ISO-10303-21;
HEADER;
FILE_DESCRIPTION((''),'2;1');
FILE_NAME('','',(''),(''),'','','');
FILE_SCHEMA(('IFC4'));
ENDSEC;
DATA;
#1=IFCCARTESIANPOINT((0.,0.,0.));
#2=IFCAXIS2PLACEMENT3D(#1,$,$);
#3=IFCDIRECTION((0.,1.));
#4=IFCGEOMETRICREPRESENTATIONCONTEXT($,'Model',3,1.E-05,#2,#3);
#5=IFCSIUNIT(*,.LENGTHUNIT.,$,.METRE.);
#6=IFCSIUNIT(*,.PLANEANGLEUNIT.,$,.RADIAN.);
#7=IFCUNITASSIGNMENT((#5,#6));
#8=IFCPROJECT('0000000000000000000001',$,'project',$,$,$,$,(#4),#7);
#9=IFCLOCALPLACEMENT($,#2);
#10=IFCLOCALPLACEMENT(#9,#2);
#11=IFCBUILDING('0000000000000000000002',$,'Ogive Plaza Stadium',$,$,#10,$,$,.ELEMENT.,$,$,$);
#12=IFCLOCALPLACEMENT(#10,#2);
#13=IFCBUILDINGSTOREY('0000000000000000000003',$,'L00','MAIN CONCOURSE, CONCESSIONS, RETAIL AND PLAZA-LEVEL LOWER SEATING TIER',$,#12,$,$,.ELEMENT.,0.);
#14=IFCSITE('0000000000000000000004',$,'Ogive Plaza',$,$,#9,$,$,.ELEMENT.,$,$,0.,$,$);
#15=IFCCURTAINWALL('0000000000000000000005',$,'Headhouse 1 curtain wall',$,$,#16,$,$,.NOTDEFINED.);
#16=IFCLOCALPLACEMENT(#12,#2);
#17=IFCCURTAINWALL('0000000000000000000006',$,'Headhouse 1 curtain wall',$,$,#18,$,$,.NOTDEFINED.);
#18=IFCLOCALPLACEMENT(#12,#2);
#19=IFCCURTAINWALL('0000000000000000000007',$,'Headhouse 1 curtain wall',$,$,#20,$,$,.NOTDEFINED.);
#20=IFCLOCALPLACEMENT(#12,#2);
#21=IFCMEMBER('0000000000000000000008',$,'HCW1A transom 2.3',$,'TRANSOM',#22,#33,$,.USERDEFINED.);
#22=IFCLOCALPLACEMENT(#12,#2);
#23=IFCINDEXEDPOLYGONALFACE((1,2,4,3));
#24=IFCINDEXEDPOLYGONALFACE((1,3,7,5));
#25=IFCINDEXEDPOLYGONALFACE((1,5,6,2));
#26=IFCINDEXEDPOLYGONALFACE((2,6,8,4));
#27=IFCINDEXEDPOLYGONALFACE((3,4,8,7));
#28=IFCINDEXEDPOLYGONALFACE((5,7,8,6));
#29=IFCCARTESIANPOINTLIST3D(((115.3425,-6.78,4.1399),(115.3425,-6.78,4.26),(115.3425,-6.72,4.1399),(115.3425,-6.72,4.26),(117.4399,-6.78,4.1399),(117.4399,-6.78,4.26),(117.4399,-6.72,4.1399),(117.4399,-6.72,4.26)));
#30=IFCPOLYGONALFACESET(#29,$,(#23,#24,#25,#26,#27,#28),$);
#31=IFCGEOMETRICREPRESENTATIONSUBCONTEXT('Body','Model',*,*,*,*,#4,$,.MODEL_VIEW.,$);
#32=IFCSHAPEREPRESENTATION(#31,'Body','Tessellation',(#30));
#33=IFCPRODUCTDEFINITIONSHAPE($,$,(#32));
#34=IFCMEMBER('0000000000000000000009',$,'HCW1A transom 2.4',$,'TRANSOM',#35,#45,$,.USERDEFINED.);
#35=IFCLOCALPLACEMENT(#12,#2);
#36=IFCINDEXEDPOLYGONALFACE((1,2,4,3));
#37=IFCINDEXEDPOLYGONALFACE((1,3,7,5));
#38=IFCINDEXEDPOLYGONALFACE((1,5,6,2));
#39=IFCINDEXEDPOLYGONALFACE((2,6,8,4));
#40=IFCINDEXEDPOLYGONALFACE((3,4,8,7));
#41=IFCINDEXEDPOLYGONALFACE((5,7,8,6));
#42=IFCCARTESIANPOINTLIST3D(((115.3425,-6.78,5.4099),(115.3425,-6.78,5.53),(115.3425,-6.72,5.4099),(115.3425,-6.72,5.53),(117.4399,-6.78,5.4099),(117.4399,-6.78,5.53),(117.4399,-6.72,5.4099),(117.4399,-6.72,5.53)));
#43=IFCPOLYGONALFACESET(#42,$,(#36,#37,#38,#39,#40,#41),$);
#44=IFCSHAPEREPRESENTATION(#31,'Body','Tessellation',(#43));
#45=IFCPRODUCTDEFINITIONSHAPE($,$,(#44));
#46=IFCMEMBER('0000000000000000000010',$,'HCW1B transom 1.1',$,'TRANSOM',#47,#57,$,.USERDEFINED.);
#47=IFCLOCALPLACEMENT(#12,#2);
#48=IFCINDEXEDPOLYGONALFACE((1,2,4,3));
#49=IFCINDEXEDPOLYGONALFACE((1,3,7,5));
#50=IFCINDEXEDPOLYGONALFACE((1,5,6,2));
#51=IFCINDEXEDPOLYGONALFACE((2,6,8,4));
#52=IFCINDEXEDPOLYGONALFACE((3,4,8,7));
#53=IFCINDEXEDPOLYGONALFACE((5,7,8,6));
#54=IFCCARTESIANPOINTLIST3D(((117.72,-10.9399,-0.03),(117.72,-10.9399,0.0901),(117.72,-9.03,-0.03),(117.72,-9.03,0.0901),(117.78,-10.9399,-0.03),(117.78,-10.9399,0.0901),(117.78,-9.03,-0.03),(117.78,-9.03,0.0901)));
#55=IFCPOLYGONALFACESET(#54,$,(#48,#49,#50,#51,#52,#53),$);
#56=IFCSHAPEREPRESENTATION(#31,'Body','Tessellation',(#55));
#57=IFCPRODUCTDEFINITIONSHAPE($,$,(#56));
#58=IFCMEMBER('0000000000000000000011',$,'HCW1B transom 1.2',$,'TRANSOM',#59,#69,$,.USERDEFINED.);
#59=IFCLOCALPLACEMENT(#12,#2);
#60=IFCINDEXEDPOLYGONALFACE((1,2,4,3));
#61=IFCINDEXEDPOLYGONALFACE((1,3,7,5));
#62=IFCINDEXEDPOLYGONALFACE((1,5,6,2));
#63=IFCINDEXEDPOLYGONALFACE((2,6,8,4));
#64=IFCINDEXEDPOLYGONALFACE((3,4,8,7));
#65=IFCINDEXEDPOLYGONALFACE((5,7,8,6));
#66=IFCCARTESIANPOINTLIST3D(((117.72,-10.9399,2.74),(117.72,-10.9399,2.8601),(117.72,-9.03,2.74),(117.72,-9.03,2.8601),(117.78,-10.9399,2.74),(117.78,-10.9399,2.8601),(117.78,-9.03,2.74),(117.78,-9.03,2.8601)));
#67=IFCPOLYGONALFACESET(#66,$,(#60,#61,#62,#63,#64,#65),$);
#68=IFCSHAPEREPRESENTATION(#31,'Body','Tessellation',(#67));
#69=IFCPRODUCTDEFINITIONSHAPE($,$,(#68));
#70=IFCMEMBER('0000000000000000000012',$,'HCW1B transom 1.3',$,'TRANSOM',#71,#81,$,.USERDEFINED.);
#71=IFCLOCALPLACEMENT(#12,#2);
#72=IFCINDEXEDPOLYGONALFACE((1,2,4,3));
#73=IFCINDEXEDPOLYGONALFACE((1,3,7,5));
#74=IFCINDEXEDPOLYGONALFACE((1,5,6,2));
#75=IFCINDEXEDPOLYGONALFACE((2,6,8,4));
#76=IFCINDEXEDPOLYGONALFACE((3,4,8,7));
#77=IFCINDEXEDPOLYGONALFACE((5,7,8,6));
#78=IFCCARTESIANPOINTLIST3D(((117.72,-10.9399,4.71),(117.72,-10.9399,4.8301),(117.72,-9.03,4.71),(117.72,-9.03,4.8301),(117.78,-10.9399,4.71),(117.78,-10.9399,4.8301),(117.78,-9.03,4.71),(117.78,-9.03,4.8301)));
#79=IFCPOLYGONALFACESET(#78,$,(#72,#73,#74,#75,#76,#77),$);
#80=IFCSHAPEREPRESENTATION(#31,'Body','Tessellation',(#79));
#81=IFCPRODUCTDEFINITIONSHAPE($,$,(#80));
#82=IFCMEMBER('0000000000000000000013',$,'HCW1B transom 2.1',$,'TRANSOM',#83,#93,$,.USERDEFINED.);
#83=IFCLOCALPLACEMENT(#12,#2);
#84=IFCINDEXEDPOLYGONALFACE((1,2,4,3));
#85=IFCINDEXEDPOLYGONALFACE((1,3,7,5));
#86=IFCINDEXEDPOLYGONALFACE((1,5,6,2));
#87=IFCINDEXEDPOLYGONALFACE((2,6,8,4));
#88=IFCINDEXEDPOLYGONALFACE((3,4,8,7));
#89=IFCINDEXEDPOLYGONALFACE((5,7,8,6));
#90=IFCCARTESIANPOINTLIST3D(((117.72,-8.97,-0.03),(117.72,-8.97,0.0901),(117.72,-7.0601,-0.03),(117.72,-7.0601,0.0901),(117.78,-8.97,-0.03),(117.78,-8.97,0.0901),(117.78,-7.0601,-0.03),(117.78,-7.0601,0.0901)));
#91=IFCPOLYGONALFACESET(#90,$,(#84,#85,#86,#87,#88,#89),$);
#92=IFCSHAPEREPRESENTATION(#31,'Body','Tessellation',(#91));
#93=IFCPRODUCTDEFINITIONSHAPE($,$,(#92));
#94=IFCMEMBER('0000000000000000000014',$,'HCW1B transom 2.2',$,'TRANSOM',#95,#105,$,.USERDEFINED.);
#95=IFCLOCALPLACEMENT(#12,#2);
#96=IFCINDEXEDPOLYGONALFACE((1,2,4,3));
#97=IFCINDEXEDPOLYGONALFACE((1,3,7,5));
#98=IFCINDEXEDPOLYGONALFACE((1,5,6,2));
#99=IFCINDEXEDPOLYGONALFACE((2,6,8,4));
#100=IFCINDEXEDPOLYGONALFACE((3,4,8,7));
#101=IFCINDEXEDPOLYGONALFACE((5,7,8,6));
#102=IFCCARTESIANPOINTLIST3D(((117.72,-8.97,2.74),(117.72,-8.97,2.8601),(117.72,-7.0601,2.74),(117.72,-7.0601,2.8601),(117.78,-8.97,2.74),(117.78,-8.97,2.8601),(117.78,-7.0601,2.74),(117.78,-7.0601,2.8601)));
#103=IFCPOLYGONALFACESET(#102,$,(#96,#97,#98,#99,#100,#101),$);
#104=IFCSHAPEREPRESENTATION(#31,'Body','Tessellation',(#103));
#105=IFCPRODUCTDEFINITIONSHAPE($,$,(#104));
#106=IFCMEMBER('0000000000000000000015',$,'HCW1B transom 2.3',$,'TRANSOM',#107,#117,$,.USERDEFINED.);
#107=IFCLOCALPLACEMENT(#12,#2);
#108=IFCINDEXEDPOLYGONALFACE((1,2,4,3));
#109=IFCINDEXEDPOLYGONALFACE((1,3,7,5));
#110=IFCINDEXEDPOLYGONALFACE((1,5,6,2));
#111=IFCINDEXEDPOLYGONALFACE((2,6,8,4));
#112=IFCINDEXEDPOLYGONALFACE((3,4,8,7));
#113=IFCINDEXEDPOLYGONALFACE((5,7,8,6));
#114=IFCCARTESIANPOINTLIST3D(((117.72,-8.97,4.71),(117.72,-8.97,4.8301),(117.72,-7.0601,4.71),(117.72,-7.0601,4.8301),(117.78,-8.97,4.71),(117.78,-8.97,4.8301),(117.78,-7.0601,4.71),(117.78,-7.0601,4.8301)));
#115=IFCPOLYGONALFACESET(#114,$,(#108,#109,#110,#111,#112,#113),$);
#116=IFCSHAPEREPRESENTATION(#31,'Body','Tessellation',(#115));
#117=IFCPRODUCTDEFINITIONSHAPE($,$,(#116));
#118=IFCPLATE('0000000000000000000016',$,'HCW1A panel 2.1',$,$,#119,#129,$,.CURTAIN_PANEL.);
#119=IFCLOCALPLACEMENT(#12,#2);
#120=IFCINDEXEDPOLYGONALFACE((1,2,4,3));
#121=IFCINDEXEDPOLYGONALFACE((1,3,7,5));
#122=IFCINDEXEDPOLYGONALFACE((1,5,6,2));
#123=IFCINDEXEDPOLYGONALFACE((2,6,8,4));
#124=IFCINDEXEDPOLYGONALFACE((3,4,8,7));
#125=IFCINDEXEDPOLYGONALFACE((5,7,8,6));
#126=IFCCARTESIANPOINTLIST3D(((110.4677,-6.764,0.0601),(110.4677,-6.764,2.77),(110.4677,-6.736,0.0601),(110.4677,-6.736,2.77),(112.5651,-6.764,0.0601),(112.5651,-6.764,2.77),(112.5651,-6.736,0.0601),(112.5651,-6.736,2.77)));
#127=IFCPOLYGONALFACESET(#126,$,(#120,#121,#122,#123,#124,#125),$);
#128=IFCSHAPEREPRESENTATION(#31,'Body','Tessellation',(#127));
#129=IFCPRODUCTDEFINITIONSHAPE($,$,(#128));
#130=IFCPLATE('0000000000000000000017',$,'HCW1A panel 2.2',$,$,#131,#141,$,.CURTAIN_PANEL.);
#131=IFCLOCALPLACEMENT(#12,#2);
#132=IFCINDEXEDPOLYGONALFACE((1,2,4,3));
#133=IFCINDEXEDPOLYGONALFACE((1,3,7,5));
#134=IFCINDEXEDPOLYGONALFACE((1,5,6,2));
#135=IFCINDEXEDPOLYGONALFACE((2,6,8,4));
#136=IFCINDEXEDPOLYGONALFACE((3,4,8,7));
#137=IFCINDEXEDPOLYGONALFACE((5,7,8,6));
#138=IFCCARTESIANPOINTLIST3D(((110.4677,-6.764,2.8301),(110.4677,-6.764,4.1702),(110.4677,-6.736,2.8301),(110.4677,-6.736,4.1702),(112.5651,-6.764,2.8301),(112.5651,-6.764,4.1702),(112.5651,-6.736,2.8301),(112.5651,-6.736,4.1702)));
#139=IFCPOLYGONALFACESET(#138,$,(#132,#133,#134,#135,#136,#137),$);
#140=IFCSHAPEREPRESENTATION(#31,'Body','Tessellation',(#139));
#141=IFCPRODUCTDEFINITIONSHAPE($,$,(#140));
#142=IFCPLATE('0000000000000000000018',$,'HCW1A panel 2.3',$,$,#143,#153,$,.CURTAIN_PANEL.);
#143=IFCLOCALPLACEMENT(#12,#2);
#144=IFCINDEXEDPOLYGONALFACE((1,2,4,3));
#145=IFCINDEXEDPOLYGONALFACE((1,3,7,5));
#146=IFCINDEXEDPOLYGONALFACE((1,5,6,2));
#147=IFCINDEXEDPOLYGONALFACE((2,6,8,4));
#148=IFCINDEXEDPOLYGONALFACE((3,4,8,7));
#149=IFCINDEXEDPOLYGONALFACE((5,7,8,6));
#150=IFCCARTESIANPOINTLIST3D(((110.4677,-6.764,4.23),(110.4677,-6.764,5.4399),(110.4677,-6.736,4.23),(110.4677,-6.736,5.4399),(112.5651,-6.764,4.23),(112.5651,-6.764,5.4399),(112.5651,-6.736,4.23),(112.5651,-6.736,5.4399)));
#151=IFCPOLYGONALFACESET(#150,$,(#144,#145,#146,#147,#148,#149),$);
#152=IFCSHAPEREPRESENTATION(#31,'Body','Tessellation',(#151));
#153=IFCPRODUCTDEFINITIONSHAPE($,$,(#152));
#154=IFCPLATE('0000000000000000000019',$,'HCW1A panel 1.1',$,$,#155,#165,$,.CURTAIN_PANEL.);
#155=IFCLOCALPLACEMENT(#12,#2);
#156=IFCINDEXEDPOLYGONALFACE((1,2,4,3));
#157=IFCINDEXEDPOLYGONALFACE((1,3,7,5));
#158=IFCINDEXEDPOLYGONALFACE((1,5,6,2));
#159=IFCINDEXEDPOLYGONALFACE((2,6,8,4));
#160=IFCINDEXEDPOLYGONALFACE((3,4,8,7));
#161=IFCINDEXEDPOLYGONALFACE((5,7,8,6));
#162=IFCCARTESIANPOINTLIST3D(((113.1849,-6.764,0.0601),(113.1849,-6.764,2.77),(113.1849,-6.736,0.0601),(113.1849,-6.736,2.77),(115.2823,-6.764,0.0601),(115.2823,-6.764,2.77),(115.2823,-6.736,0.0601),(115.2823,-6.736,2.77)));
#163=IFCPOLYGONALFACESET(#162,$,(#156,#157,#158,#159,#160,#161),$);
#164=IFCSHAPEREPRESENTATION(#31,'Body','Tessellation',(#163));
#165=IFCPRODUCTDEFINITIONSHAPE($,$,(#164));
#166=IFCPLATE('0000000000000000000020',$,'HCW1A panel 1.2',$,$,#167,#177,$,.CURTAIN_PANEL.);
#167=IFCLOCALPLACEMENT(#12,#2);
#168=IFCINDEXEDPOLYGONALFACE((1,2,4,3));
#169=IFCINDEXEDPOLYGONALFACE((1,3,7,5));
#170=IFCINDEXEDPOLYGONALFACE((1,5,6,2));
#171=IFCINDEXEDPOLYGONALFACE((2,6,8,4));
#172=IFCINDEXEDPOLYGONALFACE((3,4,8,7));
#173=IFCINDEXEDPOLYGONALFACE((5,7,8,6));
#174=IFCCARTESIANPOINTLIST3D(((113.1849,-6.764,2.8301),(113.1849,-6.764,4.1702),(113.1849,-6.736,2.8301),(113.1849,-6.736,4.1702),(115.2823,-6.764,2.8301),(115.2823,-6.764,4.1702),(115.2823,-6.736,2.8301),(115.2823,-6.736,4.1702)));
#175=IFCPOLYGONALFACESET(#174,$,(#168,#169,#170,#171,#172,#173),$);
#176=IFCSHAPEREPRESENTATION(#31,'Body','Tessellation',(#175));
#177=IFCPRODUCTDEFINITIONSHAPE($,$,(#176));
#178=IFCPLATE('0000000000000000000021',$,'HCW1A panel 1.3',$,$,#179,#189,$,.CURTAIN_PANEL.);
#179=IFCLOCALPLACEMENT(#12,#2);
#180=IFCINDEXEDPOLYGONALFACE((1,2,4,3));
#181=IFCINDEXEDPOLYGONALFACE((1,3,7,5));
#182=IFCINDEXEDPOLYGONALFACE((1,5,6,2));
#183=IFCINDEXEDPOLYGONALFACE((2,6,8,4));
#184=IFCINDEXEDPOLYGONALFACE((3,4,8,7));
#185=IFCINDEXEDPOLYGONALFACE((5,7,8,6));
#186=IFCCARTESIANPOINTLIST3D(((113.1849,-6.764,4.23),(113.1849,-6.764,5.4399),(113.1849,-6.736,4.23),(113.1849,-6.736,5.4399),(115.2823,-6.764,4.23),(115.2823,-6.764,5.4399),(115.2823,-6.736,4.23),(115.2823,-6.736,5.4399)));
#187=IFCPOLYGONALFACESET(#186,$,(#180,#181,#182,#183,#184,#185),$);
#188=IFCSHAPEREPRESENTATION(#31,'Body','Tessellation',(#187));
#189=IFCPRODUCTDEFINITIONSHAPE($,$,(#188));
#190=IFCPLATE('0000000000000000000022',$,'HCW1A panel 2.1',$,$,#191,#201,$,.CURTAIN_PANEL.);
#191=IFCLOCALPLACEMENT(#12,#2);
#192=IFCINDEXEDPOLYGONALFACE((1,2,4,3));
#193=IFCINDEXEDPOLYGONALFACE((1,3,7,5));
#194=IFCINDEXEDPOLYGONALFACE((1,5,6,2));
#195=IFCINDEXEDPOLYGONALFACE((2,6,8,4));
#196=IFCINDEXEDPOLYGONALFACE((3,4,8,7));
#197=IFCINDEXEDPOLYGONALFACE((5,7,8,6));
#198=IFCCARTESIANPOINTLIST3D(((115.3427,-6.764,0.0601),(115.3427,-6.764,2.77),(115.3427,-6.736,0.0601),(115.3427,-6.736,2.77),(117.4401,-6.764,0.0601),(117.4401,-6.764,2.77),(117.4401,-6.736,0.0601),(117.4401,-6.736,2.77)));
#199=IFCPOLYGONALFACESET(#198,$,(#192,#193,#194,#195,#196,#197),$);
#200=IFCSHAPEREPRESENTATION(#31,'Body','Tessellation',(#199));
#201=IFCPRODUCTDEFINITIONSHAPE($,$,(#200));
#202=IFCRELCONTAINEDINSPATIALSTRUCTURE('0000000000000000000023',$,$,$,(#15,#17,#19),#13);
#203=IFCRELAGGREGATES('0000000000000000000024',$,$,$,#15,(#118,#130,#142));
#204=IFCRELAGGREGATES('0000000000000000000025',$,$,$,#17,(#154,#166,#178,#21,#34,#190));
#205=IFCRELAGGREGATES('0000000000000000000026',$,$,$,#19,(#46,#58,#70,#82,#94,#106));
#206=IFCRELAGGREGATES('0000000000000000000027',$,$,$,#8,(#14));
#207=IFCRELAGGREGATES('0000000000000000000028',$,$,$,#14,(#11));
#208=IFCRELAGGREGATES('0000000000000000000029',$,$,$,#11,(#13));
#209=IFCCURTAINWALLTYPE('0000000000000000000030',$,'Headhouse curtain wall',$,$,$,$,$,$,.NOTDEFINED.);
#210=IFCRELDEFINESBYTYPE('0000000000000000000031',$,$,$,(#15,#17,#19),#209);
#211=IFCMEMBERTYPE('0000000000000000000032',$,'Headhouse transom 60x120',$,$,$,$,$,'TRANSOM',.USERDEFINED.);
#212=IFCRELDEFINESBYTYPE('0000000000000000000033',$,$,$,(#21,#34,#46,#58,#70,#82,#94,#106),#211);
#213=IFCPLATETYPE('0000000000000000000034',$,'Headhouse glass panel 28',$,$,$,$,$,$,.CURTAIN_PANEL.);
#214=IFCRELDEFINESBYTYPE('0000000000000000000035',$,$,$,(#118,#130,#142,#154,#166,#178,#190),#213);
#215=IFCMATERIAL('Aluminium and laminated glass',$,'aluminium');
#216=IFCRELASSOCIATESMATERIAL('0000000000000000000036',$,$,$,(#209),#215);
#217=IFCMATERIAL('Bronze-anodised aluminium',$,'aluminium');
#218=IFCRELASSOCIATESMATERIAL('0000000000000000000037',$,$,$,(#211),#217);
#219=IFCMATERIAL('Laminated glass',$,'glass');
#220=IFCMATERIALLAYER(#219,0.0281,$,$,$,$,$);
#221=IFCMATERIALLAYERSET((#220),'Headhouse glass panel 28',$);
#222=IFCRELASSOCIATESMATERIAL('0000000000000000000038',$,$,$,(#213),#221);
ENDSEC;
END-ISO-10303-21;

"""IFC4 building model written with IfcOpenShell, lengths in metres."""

from ifc_helpers import new_model, si_unit, direction, frame, origin, origin_2d, place, context, subcontext, project, spatial, rectangle, extrude, material, layer, layer_set, material_profile, profile_set, type_object, element, aggregate, save


model = new_model("IFC4")

# Units and contexts
model_context = context("Model", 3, precision=1e-05, world=origin(), true_north=direction((0.0, 1.0)))
body_context = subcontext(model_context, "Body", "Model", "MODEL_VIEW")
ifc_project = project(units=[si_unit("LENGTHUNIT", "METRE"), si_unit("PLANEANGLEUNIT", "RADIAN")], contexts=[model_context])

# Site, building, storey
site_placement = place(None, origin())
site = spatial("IfcSite", under=ifc_project, at=site_placement, Name="Ogive Plaza", CompositionType="ELEMENT", RefElevation=0.0)
building_placement = place(site_placement, origin())
building = spatial("IfcBuilding", under=site, at=building_placement, Name="Ogive Plaza Stadium", CompositionType="ELEMENT")
storey_placement = place(building_placement, origin())
storey = spatial("IfcBuildingStorey", under=building, at=storey_placement, Name="L00", Description="MAIN CONCOURSE, CONCESSIONS, RETAIL AND PLAZA-LEVEL LOWER SEATING TIER", CompositionType="ELEMENT", Elevation=0.0)

# Curtain wall
ifc_material_1 = material(Name="Aluminium and laminated glass", Category="aluminium")
curtain_wall_type = type_object("IfcCurtainWallType", Name="Headhouse curtain wall", PredefinedType="NOTDEFINED", material=ifc_material_1)
curtain_wall_1_placement = place(storey_placement, origin())
curtain_wall_1 = element("IfcCurtainWall", 1, at=curtain_wall_1_placement, inside=storey, type_object=curtain_wall_type, Name="Headhouse 1 curtain wall", PredefinedType="NOTDEFINED")

# Curtain walls
curtain_wall_2_placement = place(storey_placement, origin())
curtain_wall_2 = element("IfcCurtainWall", 2, at=curtain_wall_2_placement, inside=storey, type_object=curtain_wall_type, Name="Headhouse 1 curtain wall", PredefinedType="NOTDEFINED")
curtain_wall_3_placement = place(storey_placement, origin())
curtain_wall_3 = element("IfcCurtainWall", 3, at=curtain_wall_3_placement, inside=storey, type_object=curtain_wall_type, Name="Headhouse 1 curtain wall", PredefinedType="NOTDEFINED")

# Members
ifc_material_2 = material(Name="Bronze-anodised aluminium", Category="aluminium")
ifc_material_profile_1 = material_profile(ifc_material_2, rectangle(XDim=0.0601, YDim=0.1201, at=origin_2d()), Name="Headhouse transom 60x120")
ifc_profile_set_1 = profile_set([ifc_material_profile_1], Name="Bronze-anodised aluminium")
member_type_1 = type_object("IfcMemberType", Name="Headhouse transom 60x120", ElementType="TRANSOM", PredefinedType="USERDEFINED", material=ifc_profile_set_1)
member_1_placement = place(storey_placement, frame((115.3425, -6.75, 4.2), z_axis=(1.0, 0.0, 0.0), x_axis=(0.0, 1.0, 0.0)))
member_1 = element("IfcMember", 4, at=member_1_placement, type_object=member_type_1, Name="HCW1A transom 2.3", ObjectType="TRANSOM", PredefinedType="USERDEFINED", context=body_context, shape_type="SweptSolid", body=[
    extrude(rectangle(XDim=0.0601, YDim=0.1201, at=origin_2d()), origin(), (0.0, 0.0, 1.0), 2.0974),
])
member_2_placement = place(storey_placement, frame((115.3425, -6.75, 5.47), z_axis=(1.0, 0.0, 0.0), x_axis=(0.0, 1.0, 0.0)))
member_2 = element("IfcMember", 5, at=member_2_placement, type_object=member_type_1, Name="HCW1A transom 2.4", ObjectType="TRANSOM", PredefinedType="USERDEFINED", context=body_context, shape_type="SweptSolid", body=[
    extrude(rectangle(XDim=0.0601, YDim=0.1201, at=origin_2d()), origin(), (0.0, 0.0, 1.0), 2.0974),
])
member_3_placement = place(storey_placement, frame((117.75, -10.9399, 0.03), z_axis=(0.0, 1.0, 0.0), x_axis=(-1.0, 0.0, 0.0)))
member_3 = element("IfcMember", 6, at=member_3_placement, type_object=member_type_1, Name="HCW1B transom 1.1", ObjectType="TRANSOM", PredefinedType="USERDEFINED", context=body_context, shape_type="SweptSolid", body=[
    extrude(rectangle(XDim=0.0601, YDim=0.1201, at=origin_2d()), origin(), (0.0, 0.0, 1.0), 1.9099),
])
member_4_placement = place(storey_placement, frame((117.75, -10.9399, 2.8), z_axis=(0.0, 1.0, 0.0), x_axis=(-1.0, 0.0, 0.0)))
member_4 = element("IfcMember", 7, at=member_4_placement, type_object=member_type_1, Name="HCW1B transom 1.2", ObjectType="TRANSOM", PredefinedType="USERDEFINED", context=body_context, shape_type="SweptSolid", body=[
    extrude(rectangle(XDim=0.0601, YDim=0.1201, at=origin_2d()), origin(), (0.0, 0.0, 1.0), 1.9099),
])
member_5_placement = place(storey_placement, frame((117.75, -10.9399, 4.77), z_axis=(0.0, 1.0, 0.0), x_axis=(-1.0, 0.0, 0.0)))
member_5 = element("IfcMember", 8, at=member_5_placement, type_object=member_type_1, Name="HCW1B transom 1.3", ObjectType="TRANSOM", PredefinedType="USERDEFINED", context=body_context, shape_type="SweptSolid", body=[
    extrude(rectangle(XDim=0.0601, YDim=0.1201, at=origin_2d()), origin(), (0.0, 0.0, 1.0), 1.9099),
])
member_6_placement = place(storey_placement, frame((117.75, -8.97, 0.03), z_axis=(0.0, 1.0, 0.0), x_axis=(-1.0, 0.0, 0.0)))
member_6 = element("IfcMember", 9, at=member_6_placement, type_object=member_type_1, Name="HCW1B transom 2.1", ObjectType="TRANSOM", PredefinedType="USERDEFINED", context=body_context, shape_type="SweptSolid", body=[
    extrude(rectangle(XDim=0.0601, YDim=0.1201, at=origin_2d()), origin(), (0.0, 0.0, 1.0), 1.9099),
])
member_7_placement = place(storey_placement, frame((117.75, -8.97, 2.8), z_axis=(0.0, 1.0, 0.0), x_axis=(-1.0, 0.0, 0.0)))
member_7 = element("IfcMember", 10, at=member_7_placement, type_object=member_type_1, Name="HCW1B transom 2.2", ObjectType="TRANSOM", PredefinedType="USERDEFINED", context=body_context, shape_type="SweptSolid", body=[
    extrude(rectangle(XDim=0.0601, YDim=0.1201, at=origin_2d()), origin(), (0.0, 0.0, 1.0), 1.9099),
])
member_8_placement = place(storey_placement, frame((117.75, -8.97, 4.77), z_axis=(0.0, 1.0, 0.0), x_axis=(-1.0, 0.0, 0.0)))
member_8 = element("IfcMember", 11, at=member_8_placement, type_object=member_type_1, Name="HCW1B transom 2.3", ObjectType="TRANSOM", PredefinedType="USERDEFINED", context=body_context, shape_type="SweptSolid", body=[
    extrude(rectangle(XDim=0.0601, YDim=0.1201, at=origin_2d()), origin(), (0.0, 0.0, 1.0), 1.9099),
])

# Plates
ifc_material_3 = material(Name="Laminated glass", Category="glass")
ifc_layer_1 = layer(ifc_material_3, 0.0281)
ifc_layer_set_1 = layer_set([ifc_layer_1], Name="Headhouse glass panel 28")
plate_type = type_object("IfcPlateType", Name="Headhouse glass panel 28", PredefinedType="CURTAIN_PANEL", material=ifc_layer_set_1)
plate_1_placement = place(storey_placement, frame((111.5164, -6.75, 0.0601), z_axis=(0.0, 0.0, 1.0), x_axis=(1.0, 0.0, 0.0)))
plate_1 = element("IfcPlate", 12, at=plate_1_placement, type_object=plate_type, Name="HCW1A panel 2.1", PredefinedType="CURTAIN_PANEL", context=body_context, shape_type="SweptSolid", body=[
    extrude(rectangle(XDim=2.0974, YDim=0.0281, at=origin_2d()), origin(), (0.0, 0.0, 1.0), 2.71),
])
plate_2_placement = place(storey_placement, frame((111.5164, -6.75, 2.8301), z_axis=(0.0, 0.0, 1.0), x_axis=(1.0, 0.0, 0.0)))
plate_2 = element("IfcPlate", 13, at=plate_2_placement, type_object=plate_type, Name="HCW1A panel 2.2", PredefinedType="CURTAIN_PANEL", context=body_context, shape_type="SweptSolid", body=[
    extrude(rectangle(XDim=2.0974, YDim=0.0281, at=origin_2d()), origin(), (0.0, 0.0, 1.0), 1.3401),
])
plate_3_placement = place(storey_placement, frame((111.5164, -6.75, 4.23), z_axis=(0.0, 0.0, 1.0), x_axis=(1.0, 0.0, 0.0)))
plate_3 = element("IfcPlate", 14, at=plate_3_placement, type_object=plate_type, Name="HCW1A panel 2.3", PredefinedType="CURTAIN_PANEL", context=body_context, shape_type="SweptSolid", body=[
    extrude(rectangle(XDim=2.0974, YDim=0.0281, at=origin_2d()), origin(), (0.0, 0.0, 1.0), 1.21),
])
aggregate(curtain_wall_1, [plate_1, plate_2, plate_3])
plate_4_placement = place(storey_placement, frame((114.2336, -6.75, 0.0601), z_axis=(0.0, 0.0, 1.0), x_axis=(1.0, 0.0, 0.0)))
plate_4 = element("IfcPlate", 15, at=plate_4_placement, type_object=plate_type, Name="HCW1A panel 1.1", PredefinedType="CURTAIN_PANEL", context=body_context, shape_type="SweptSolid", body=[
    extrude(rectangle(XDim=2.0974, YDim=0.0281, at=origin_2d()), origin(), (0.0, 0.0, 1.0), 2.71),
])
plate_5_placement = place(storey_placement, frame((114.2336, -6.75, 2.8301), z_axis=(0.0, 0.0, 1.0), x_axis=(1.0, 0.0, 0.0)))
plate_5 = element("IfcPlate", 16, at=plate_5_placement, type_object=plate_type, Name="HCW1A panel 1.2", PredefinedType="CURTAIN_PANEL", context=body_context, shape_type="SweptSolid", body=[
    extrude(rectangle(XDim=2.0974, YDim=0.0281, at=origin_2d()), origin(), (0.0, 0.0, 1.0), 1.3401),
])
plate_6_placement = place(storey_placement, frame((114.2336, -6.75, 4.23), z_axis=(0.0, 0.0, 1.0), x_axis=(1.0, 0.0, 0.0)))
plate_6 = element("IfcPlate", 17, at=plate_6_placement, type_object=plate_type, Name="HCW1A panel 1.3", PredefinedType="CURTAIN_PANEL", context=body_context, shape_type="SweptSolid", body=[
    extrude(rectangle(XDim=2.0974, YDim=0.0281, at=origin_2d()), origin(), (0.0, 0.0, 1.0), 1.21),
])
plate_7_placement = place(storey_placement, frame((116.3914, -6.75, 0.0601), z_axis=(0.0, 0.0, 1.0), x_axis=(1.0, 0.0, 0.0)))
plate_7 = element("IfcPlate", 18, at=plate_7_placement, type_object=plate_type, Name="HCW1A panel 2.1", PredefinedType="CURTAIN_PANEL", context=body_context, shape_type="SweptSolid", body=[
    extrude(rectangle(XDim=2.0974, YDim=0.0281, at=origin_2d()), origin(), (0.0, 0.0, 1.0), 2.71),
])
aggregate(curtain_wall_2, [plate_4, plate_5, plate_6, member_1, member_2, plate_7])
aggregate(curtain_wall_3, [member_3, member_4, member_5, member_6, member_7, member_8])

save(model, "model.ifc")
